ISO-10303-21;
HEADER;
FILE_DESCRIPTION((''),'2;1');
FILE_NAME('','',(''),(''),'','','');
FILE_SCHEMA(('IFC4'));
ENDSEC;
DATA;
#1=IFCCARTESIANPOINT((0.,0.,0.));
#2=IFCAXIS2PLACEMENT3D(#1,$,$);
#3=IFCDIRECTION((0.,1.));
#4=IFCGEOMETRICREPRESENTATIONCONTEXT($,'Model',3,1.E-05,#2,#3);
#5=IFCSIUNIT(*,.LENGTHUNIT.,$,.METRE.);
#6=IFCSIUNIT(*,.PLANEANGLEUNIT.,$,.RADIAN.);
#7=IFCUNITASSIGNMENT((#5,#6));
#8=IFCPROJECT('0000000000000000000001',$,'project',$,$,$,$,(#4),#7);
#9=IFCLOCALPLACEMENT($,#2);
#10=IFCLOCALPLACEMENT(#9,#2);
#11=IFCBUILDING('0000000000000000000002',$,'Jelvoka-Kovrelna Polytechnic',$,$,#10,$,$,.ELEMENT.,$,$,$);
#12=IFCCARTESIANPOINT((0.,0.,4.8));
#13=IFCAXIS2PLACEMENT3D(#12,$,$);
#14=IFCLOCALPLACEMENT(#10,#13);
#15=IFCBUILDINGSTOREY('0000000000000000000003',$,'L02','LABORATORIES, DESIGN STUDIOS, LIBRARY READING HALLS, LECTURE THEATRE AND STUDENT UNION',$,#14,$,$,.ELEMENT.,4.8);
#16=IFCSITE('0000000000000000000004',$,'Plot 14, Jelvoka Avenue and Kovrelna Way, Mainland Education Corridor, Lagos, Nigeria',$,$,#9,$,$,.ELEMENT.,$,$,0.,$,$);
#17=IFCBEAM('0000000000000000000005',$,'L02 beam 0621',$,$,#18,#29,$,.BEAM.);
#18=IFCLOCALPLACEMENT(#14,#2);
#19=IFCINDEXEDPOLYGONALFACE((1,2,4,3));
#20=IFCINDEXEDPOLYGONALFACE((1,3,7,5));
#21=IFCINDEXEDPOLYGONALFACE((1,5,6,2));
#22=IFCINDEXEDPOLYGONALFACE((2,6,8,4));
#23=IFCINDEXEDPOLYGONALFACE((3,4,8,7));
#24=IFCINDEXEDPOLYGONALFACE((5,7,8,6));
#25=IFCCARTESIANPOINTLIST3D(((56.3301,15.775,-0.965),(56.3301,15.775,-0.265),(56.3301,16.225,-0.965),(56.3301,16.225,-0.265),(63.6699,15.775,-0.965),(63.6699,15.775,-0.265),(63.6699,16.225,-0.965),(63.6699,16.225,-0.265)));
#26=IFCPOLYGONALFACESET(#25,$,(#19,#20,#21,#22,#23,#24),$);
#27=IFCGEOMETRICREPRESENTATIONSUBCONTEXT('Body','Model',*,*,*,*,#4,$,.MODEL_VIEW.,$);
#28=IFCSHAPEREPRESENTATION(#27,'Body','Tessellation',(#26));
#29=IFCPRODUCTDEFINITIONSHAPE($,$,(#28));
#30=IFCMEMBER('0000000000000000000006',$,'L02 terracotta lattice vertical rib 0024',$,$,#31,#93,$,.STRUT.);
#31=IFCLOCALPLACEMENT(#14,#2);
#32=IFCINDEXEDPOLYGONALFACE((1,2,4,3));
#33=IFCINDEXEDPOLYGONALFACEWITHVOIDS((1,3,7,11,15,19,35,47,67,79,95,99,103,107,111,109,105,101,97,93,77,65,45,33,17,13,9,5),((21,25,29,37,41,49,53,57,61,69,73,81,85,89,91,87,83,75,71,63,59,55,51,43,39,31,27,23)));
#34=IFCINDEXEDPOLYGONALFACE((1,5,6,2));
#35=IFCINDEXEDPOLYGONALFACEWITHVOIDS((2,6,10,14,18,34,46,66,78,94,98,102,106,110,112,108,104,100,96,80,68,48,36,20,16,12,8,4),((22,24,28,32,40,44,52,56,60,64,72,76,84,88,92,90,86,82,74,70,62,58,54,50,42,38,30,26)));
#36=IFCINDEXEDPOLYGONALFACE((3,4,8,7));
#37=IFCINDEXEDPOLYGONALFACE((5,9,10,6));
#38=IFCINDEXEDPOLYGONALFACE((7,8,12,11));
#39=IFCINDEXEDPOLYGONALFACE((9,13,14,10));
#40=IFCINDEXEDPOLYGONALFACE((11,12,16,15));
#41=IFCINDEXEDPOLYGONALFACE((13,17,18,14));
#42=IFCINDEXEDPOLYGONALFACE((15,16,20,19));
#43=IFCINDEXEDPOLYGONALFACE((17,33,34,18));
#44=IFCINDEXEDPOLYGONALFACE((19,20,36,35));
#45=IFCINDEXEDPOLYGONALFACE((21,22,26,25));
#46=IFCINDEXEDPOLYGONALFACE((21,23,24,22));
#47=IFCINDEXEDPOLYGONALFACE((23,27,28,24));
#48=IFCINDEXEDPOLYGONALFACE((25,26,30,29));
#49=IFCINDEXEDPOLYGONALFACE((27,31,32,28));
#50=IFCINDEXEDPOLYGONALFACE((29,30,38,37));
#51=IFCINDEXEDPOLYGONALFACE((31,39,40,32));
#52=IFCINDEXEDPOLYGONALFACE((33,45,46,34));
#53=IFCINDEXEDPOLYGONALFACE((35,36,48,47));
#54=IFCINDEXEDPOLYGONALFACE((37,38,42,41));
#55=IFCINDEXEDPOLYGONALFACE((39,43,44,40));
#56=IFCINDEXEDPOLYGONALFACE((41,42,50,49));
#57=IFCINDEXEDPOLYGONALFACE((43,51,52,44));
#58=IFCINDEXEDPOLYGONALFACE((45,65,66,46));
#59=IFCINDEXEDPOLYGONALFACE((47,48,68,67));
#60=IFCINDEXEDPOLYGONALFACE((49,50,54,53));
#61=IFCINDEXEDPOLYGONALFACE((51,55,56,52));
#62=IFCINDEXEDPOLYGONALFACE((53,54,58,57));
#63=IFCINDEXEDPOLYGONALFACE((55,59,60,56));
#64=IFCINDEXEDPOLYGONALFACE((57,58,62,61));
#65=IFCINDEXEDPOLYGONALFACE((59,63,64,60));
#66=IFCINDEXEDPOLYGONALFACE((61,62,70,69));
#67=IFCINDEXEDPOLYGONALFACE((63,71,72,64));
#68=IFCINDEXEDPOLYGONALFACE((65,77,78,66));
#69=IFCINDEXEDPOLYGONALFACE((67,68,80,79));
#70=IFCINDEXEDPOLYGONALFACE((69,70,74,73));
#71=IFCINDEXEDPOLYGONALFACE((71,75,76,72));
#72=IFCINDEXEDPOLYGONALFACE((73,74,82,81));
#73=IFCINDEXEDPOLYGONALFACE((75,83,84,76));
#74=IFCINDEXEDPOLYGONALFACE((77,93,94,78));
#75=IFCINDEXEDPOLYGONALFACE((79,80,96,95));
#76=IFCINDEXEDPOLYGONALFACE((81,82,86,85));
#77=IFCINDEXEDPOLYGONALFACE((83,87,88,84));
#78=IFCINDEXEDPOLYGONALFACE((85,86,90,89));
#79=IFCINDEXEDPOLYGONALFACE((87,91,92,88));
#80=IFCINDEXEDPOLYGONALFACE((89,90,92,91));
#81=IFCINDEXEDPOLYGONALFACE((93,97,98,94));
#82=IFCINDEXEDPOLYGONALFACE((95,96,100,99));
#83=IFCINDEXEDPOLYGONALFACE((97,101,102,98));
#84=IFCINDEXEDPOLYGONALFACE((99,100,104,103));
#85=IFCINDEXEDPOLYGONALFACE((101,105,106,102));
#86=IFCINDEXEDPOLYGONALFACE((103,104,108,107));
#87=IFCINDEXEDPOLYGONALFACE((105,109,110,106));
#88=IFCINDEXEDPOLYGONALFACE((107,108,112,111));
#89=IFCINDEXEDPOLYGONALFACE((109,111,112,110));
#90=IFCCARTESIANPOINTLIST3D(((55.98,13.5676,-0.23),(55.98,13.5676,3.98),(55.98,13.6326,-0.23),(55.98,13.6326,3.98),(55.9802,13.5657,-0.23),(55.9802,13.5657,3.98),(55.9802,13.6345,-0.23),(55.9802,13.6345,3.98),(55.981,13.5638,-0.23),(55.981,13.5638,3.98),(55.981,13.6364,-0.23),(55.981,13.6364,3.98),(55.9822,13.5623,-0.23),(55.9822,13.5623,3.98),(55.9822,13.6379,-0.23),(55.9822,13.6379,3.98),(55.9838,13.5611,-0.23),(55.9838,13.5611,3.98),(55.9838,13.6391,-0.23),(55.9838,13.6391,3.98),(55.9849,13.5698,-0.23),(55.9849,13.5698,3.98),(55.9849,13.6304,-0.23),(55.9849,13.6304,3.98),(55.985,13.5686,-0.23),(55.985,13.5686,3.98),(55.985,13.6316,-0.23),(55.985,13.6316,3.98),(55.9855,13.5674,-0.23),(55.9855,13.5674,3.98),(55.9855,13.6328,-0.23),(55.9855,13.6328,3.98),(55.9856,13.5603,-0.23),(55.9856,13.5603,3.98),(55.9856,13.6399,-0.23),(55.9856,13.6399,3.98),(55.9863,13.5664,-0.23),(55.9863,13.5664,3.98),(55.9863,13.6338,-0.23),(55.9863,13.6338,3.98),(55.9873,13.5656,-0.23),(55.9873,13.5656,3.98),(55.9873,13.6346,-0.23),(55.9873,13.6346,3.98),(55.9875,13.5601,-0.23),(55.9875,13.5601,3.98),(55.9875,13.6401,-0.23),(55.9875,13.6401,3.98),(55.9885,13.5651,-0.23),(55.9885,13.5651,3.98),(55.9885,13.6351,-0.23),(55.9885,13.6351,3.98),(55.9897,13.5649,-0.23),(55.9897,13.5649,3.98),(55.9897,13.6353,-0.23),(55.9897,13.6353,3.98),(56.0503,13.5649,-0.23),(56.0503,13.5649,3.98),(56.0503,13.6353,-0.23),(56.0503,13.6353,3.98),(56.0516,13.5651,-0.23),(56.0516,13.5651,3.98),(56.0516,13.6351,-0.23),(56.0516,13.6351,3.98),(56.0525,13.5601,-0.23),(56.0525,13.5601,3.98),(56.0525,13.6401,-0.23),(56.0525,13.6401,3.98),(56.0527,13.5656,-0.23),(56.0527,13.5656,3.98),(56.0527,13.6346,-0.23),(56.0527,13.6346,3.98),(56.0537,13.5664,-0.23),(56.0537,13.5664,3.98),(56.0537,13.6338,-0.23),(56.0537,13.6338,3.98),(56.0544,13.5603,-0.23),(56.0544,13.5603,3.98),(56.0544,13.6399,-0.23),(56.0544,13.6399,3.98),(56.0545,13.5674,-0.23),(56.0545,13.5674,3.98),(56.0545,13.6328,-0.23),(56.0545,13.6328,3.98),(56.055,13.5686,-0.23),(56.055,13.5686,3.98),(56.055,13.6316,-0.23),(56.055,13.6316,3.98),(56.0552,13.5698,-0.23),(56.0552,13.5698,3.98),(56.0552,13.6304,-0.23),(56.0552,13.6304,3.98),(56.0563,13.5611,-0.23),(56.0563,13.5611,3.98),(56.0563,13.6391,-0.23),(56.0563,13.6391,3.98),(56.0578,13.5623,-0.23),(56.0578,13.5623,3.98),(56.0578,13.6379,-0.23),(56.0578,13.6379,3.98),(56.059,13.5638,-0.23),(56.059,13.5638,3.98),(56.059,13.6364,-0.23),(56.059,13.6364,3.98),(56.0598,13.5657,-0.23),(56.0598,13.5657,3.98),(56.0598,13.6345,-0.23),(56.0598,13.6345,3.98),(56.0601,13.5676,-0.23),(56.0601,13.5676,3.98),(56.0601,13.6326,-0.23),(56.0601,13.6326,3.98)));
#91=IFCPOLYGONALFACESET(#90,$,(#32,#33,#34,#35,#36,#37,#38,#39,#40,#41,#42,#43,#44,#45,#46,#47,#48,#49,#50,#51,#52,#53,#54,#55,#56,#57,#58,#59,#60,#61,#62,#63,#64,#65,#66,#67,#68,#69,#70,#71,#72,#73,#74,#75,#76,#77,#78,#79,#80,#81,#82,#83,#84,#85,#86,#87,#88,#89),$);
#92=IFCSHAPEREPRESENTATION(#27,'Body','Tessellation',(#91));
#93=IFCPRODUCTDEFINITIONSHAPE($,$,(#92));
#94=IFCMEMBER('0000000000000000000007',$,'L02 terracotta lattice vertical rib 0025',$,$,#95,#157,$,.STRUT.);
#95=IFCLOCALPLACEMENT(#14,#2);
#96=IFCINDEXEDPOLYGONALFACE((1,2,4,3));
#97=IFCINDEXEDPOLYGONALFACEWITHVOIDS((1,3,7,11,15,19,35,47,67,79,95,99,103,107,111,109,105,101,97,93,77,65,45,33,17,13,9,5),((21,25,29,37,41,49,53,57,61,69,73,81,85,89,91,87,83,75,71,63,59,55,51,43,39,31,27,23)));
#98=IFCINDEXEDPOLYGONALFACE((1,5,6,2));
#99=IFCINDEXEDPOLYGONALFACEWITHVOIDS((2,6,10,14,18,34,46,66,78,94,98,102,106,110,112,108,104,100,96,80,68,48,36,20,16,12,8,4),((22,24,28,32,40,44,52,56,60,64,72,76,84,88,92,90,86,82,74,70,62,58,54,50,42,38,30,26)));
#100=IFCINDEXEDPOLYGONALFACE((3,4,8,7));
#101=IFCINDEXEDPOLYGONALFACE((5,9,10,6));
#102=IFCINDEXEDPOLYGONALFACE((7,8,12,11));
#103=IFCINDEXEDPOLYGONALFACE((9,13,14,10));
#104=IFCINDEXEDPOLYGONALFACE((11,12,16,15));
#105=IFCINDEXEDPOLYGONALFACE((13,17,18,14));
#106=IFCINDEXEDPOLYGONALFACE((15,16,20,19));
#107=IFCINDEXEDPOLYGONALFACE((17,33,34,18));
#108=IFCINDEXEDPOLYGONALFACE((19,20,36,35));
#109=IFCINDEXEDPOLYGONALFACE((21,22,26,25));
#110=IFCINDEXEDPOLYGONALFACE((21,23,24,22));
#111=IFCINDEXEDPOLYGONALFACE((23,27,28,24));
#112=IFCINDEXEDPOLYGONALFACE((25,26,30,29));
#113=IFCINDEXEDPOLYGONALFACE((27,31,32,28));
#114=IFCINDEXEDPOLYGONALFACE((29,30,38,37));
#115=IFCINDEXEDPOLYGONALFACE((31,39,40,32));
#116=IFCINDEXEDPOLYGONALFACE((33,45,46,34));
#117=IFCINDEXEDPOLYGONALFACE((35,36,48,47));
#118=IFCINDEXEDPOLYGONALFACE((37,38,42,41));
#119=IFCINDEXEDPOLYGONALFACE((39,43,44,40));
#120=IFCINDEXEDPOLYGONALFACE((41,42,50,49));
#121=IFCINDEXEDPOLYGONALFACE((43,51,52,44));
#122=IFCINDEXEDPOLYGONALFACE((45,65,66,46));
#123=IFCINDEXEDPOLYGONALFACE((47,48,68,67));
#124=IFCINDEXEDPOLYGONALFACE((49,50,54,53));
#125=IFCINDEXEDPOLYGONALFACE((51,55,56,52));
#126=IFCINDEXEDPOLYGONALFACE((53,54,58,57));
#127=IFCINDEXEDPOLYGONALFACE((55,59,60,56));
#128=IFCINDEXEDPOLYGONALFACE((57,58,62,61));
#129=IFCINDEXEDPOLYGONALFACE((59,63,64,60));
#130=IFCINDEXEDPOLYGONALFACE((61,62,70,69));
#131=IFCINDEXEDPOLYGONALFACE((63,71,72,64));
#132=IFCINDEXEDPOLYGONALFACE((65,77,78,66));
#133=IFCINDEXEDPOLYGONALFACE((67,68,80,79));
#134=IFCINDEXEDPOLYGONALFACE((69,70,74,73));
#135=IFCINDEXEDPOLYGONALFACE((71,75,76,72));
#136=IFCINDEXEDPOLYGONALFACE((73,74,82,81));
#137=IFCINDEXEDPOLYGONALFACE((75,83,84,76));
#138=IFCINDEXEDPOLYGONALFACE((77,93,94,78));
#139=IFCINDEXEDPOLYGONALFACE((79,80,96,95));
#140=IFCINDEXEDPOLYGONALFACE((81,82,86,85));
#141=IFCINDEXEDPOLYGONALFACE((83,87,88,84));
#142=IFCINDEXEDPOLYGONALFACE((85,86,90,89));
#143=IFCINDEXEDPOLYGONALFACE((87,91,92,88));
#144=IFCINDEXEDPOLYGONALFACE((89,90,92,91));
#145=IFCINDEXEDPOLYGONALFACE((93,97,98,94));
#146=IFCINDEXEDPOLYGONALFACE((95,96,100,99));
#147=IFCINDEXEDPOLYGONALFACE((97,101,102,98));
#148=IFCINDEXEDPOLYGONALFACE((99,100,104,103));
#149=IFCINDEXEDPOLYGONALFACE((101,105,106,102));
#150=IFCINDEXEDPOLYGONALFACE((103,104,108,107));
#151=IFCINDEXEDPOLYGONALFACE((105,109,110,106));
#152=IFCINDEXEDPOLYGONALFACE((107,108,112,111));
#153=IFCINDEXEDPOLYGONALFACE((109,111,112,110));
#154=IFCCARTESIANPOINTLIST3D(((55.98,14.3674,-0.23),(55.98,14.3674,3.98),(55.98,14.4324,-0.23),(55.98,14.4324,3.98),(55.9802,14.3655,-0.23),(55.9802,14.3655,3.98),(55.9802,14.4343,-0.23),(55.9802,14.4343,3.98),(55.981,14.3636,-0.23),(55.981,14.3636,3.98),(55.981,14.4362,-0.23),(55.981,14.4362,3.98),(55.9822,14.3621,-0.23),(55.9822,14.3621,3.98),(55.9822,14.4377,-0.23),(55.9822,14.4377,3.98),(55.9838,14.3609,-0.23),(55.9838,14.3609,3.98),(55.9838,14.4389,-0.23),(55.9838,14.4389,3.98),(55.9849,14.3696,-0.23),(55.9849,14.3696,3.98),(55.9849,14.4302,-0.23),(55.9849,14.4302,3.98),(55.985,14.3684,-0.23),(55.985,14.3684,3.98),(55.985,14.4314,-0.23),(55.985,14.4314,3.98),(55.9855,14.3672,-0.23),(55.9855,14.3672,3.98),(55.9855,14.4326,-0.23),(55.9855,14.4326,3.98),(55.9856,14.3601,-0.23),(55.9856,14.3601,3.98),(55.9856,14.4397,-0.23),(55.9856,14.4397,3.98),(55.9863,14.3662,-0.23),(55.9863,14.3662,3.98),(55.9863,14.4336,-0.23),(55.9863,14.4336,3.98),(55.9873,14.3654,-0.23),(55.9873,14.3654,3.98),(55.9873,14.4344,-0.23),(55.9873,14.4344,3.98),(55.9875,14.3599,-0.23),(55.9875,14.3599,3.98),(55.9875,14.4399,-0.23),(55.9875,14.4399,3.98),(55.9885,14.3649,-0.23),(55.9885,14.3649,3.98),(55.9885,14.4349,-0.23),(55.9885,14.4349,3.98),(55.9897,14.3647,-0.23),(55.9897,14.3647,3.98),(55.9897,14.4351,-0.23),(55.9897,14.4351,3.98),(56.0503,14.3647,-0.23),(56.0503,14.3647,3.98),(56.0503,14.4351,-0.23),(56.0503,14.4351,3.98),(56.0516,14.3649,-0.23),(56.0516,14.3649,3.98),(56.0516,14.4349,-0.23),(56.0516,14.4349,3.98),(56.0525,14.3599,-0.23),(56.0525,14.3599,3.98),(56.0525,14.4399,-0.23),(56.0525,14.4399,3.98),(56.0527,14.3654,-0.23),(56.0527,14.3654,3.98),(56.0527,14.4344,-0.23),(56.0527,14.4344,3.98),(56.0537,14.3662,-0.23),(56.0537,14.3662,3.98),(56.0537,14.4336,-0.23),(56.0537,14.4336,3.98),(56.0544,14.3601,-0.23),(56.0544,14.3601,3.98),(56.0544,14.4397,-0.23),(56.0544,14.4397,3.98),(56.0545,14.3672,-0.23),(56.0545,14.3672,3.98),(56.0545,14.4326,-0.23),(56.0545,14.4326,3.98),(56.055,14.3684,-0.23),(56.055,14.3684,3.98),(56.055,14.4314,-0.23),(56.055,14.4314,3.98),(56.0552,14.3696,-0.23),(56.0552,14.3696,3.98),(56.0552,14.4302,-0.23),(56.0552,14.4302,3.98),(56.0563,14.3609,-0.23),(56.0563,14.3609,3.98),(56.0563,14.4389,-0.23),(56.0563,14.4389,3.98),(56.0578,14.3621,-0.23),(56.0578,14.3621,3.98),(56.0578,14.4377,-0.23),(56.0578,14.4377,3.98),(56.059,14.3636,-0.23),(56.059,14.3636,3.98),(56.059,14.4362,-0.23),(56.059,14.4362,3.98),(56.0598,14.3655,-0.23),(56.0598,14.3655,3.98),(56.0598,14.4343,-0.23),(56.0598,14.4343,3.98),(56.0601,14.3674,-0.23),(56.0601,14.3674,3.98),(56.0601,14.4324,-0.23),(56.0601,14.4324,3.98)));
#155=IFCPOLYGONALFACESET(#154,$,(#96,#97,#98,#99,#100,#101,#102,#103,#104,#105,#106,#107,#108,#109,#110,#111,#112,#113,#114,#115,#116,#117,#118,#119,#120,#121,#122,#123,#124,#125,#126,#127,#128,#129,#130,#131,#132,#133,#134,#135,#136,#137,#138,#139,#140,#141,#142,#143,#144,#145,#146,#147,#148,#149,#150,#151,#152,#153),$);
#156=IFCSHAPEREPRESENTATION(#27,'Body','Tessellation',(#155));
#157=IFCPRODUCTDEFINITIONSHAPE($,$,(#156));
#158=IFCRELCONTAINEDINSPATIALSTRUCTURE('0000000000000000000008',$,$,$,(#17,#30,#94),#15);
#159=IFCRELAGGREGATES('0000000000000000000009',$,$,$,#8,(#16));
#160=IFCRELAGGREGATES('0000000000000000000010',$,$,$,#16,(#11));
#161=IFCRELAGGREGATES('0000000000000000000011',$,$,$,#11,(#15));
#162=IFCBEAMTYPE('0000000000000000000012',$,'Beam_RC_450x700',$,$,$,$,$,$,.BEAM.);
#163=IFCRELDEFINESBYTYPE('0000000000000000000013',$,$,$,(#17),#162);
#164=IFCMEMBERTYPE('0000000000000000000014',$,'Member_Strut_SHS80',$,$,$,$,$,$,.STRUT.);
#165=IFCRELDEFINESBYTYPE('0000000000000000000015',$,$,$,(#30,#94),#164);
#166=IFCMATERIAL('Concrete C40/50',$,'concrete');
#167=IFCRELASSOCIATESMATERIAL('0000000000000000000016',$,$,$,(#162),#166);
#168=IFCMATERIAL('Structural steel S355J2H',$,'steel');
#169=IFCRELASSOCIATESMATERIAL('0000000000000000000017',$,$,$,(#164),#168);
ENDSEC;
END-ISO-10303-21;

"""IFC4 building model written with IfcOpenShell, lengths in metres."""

from ifc_helpers import new_model, si_unit, direction, frame, origin, origin_2d, place, context, subcontext, project, spatial, rectangle, hollow_rectangle, extrude, material, material_profile, profile_set, type_object, element, save


model = new_model("IFC4")

# Units and contexts
model_context = context("Model", 3, precision=1e-05, world=origin(), true_north=direction((0.0, 1.0)))
body_context = subcontext(model_context, "Body", "Model", "MODEL_VIEW")
ifc_project = project(units=[si_unit("LENGTHUNIT", "METRE"), si_unit("PLANEANGLEUNIT", "RADIAN")], contexts=[model_context])

# Site, building, storey
site_placement = place(None, origin())
site = spatial("IfcSite", under=ifc_project, at=site_placement, Name="Plot 14, Jelvoka Avenue and Kovrelna Way, Mainland Education Corridor, Lagos, Nigeria", CompositionType="ELEMENT", RefElevation=0.0)
building_placement = place(site_placement, origin())
building = spatial("IfcBuilding", under=site, at=building_placement, Name="Jelvoka-Kovrelna Polytechnic", CompositionType="ELEMENT")
storey_placement = place(building_placement, frame((0.0, 0.0, 4.8)))
storey = spatial("IfcBuildingStorey", under=building, at=storey_placement, Name="L02", Description="LABORATORIES, DESIGN STUDIOS, LIBRARY READING HALLS, LECTURE THEATRE AND STUDENT UNION", CompositionType="ELEMENT", Elevation=4.8)

# Beam
ifc_material_1 = material(Name="Concrete C40/50", Category="concrete")
ifc_material_profile_1 = material_profile(ifc_material_1, rectangle(XDim=0.45, YDim=0.7, at=origin_2d()), Name="RC 450x700")
ifc_profile_set_1 = profile_set([ifc_material_profile_1], Name="Concrete C40/50")
beam_type_1 = type_object("IfcBeamType", Name="Beam_RC_450x700", PredefinedType="BEAM", material=ifc_profile_set_1)
beam_1_placement = place(storey_placement, frame((56.3301, 16.0, -0.615), z_axis=(1.0, 0.0, 0.0), x_axis=(0.0, 1.0, 0.0)))
element("IfcBeam", 1, at=beam_1_placement, inside=storey, type_object=beam_type_1, Name="L02 beam 0621", PredefinedType="BEAM", context=body_context, shape_type="SweptSolid", body=[
    extrude(rectangle(XDim=0.45, YDim=0.7, at=origin_2d()), origin(), (0.0, 0.0, 1.0), 7.3398),
])

# Members
ifc_material_2 = material(Name="Structural steel S355J2H", Category="steel")
ifc_material_profile_2 = material_profile(ifc_material_2, hollow_rectangle(XDim=0.0801, YDim=0.0801, WallThickness=0.0049, InnerFilletRadius=0.0049, OuterFilletRadius=0.0076, at=origin_2d()), Name="80x80x5.0 SHS")
ifc_profile_set_2 = profile_set([ifc_material_profile_2], Name="Structural steel S355J2H")
member_type = type_object("IfcMemberType", Name="Member_Strut_SHS80", PredefinedType="STRUT", material=ifc_profile_set_2)
for number, where, z_axis, x_axis, name in (
    (2, (56.02, 13.6001, -0.23), (0.0, 0.0, 1.0), (1.0, 0.0, 0.0), "L02 terracotta lattice vertical rib 0024"),
    (3, (56.02, 14.3999, -0.23), (0.0, 0.0, 1.0), (1.0, 0.0, 0.0), "L02 terracotta lattice vertical rib 0025"),
):
    element("IfcMember", number, at=place(storey_placement, frame(where, z_axis=z_axis, x_axis=x_axis)), inside=storey, type_object=member_type, Name=name, PredefinedType="STRUT", context=body_context, shape_type="SweptSolid", body=[
        extrude(hollow_rectangle(XDim=0.0801, YDim=0.0801, WallThickness=0.0049, InnerFilletRadius=0.0049, OuterFilletRadius=0.0076, at=origin_2d()), origin(), (0.0, 0.0, 1.0), 4.21),
    ])

save(model, "model.ifc")
